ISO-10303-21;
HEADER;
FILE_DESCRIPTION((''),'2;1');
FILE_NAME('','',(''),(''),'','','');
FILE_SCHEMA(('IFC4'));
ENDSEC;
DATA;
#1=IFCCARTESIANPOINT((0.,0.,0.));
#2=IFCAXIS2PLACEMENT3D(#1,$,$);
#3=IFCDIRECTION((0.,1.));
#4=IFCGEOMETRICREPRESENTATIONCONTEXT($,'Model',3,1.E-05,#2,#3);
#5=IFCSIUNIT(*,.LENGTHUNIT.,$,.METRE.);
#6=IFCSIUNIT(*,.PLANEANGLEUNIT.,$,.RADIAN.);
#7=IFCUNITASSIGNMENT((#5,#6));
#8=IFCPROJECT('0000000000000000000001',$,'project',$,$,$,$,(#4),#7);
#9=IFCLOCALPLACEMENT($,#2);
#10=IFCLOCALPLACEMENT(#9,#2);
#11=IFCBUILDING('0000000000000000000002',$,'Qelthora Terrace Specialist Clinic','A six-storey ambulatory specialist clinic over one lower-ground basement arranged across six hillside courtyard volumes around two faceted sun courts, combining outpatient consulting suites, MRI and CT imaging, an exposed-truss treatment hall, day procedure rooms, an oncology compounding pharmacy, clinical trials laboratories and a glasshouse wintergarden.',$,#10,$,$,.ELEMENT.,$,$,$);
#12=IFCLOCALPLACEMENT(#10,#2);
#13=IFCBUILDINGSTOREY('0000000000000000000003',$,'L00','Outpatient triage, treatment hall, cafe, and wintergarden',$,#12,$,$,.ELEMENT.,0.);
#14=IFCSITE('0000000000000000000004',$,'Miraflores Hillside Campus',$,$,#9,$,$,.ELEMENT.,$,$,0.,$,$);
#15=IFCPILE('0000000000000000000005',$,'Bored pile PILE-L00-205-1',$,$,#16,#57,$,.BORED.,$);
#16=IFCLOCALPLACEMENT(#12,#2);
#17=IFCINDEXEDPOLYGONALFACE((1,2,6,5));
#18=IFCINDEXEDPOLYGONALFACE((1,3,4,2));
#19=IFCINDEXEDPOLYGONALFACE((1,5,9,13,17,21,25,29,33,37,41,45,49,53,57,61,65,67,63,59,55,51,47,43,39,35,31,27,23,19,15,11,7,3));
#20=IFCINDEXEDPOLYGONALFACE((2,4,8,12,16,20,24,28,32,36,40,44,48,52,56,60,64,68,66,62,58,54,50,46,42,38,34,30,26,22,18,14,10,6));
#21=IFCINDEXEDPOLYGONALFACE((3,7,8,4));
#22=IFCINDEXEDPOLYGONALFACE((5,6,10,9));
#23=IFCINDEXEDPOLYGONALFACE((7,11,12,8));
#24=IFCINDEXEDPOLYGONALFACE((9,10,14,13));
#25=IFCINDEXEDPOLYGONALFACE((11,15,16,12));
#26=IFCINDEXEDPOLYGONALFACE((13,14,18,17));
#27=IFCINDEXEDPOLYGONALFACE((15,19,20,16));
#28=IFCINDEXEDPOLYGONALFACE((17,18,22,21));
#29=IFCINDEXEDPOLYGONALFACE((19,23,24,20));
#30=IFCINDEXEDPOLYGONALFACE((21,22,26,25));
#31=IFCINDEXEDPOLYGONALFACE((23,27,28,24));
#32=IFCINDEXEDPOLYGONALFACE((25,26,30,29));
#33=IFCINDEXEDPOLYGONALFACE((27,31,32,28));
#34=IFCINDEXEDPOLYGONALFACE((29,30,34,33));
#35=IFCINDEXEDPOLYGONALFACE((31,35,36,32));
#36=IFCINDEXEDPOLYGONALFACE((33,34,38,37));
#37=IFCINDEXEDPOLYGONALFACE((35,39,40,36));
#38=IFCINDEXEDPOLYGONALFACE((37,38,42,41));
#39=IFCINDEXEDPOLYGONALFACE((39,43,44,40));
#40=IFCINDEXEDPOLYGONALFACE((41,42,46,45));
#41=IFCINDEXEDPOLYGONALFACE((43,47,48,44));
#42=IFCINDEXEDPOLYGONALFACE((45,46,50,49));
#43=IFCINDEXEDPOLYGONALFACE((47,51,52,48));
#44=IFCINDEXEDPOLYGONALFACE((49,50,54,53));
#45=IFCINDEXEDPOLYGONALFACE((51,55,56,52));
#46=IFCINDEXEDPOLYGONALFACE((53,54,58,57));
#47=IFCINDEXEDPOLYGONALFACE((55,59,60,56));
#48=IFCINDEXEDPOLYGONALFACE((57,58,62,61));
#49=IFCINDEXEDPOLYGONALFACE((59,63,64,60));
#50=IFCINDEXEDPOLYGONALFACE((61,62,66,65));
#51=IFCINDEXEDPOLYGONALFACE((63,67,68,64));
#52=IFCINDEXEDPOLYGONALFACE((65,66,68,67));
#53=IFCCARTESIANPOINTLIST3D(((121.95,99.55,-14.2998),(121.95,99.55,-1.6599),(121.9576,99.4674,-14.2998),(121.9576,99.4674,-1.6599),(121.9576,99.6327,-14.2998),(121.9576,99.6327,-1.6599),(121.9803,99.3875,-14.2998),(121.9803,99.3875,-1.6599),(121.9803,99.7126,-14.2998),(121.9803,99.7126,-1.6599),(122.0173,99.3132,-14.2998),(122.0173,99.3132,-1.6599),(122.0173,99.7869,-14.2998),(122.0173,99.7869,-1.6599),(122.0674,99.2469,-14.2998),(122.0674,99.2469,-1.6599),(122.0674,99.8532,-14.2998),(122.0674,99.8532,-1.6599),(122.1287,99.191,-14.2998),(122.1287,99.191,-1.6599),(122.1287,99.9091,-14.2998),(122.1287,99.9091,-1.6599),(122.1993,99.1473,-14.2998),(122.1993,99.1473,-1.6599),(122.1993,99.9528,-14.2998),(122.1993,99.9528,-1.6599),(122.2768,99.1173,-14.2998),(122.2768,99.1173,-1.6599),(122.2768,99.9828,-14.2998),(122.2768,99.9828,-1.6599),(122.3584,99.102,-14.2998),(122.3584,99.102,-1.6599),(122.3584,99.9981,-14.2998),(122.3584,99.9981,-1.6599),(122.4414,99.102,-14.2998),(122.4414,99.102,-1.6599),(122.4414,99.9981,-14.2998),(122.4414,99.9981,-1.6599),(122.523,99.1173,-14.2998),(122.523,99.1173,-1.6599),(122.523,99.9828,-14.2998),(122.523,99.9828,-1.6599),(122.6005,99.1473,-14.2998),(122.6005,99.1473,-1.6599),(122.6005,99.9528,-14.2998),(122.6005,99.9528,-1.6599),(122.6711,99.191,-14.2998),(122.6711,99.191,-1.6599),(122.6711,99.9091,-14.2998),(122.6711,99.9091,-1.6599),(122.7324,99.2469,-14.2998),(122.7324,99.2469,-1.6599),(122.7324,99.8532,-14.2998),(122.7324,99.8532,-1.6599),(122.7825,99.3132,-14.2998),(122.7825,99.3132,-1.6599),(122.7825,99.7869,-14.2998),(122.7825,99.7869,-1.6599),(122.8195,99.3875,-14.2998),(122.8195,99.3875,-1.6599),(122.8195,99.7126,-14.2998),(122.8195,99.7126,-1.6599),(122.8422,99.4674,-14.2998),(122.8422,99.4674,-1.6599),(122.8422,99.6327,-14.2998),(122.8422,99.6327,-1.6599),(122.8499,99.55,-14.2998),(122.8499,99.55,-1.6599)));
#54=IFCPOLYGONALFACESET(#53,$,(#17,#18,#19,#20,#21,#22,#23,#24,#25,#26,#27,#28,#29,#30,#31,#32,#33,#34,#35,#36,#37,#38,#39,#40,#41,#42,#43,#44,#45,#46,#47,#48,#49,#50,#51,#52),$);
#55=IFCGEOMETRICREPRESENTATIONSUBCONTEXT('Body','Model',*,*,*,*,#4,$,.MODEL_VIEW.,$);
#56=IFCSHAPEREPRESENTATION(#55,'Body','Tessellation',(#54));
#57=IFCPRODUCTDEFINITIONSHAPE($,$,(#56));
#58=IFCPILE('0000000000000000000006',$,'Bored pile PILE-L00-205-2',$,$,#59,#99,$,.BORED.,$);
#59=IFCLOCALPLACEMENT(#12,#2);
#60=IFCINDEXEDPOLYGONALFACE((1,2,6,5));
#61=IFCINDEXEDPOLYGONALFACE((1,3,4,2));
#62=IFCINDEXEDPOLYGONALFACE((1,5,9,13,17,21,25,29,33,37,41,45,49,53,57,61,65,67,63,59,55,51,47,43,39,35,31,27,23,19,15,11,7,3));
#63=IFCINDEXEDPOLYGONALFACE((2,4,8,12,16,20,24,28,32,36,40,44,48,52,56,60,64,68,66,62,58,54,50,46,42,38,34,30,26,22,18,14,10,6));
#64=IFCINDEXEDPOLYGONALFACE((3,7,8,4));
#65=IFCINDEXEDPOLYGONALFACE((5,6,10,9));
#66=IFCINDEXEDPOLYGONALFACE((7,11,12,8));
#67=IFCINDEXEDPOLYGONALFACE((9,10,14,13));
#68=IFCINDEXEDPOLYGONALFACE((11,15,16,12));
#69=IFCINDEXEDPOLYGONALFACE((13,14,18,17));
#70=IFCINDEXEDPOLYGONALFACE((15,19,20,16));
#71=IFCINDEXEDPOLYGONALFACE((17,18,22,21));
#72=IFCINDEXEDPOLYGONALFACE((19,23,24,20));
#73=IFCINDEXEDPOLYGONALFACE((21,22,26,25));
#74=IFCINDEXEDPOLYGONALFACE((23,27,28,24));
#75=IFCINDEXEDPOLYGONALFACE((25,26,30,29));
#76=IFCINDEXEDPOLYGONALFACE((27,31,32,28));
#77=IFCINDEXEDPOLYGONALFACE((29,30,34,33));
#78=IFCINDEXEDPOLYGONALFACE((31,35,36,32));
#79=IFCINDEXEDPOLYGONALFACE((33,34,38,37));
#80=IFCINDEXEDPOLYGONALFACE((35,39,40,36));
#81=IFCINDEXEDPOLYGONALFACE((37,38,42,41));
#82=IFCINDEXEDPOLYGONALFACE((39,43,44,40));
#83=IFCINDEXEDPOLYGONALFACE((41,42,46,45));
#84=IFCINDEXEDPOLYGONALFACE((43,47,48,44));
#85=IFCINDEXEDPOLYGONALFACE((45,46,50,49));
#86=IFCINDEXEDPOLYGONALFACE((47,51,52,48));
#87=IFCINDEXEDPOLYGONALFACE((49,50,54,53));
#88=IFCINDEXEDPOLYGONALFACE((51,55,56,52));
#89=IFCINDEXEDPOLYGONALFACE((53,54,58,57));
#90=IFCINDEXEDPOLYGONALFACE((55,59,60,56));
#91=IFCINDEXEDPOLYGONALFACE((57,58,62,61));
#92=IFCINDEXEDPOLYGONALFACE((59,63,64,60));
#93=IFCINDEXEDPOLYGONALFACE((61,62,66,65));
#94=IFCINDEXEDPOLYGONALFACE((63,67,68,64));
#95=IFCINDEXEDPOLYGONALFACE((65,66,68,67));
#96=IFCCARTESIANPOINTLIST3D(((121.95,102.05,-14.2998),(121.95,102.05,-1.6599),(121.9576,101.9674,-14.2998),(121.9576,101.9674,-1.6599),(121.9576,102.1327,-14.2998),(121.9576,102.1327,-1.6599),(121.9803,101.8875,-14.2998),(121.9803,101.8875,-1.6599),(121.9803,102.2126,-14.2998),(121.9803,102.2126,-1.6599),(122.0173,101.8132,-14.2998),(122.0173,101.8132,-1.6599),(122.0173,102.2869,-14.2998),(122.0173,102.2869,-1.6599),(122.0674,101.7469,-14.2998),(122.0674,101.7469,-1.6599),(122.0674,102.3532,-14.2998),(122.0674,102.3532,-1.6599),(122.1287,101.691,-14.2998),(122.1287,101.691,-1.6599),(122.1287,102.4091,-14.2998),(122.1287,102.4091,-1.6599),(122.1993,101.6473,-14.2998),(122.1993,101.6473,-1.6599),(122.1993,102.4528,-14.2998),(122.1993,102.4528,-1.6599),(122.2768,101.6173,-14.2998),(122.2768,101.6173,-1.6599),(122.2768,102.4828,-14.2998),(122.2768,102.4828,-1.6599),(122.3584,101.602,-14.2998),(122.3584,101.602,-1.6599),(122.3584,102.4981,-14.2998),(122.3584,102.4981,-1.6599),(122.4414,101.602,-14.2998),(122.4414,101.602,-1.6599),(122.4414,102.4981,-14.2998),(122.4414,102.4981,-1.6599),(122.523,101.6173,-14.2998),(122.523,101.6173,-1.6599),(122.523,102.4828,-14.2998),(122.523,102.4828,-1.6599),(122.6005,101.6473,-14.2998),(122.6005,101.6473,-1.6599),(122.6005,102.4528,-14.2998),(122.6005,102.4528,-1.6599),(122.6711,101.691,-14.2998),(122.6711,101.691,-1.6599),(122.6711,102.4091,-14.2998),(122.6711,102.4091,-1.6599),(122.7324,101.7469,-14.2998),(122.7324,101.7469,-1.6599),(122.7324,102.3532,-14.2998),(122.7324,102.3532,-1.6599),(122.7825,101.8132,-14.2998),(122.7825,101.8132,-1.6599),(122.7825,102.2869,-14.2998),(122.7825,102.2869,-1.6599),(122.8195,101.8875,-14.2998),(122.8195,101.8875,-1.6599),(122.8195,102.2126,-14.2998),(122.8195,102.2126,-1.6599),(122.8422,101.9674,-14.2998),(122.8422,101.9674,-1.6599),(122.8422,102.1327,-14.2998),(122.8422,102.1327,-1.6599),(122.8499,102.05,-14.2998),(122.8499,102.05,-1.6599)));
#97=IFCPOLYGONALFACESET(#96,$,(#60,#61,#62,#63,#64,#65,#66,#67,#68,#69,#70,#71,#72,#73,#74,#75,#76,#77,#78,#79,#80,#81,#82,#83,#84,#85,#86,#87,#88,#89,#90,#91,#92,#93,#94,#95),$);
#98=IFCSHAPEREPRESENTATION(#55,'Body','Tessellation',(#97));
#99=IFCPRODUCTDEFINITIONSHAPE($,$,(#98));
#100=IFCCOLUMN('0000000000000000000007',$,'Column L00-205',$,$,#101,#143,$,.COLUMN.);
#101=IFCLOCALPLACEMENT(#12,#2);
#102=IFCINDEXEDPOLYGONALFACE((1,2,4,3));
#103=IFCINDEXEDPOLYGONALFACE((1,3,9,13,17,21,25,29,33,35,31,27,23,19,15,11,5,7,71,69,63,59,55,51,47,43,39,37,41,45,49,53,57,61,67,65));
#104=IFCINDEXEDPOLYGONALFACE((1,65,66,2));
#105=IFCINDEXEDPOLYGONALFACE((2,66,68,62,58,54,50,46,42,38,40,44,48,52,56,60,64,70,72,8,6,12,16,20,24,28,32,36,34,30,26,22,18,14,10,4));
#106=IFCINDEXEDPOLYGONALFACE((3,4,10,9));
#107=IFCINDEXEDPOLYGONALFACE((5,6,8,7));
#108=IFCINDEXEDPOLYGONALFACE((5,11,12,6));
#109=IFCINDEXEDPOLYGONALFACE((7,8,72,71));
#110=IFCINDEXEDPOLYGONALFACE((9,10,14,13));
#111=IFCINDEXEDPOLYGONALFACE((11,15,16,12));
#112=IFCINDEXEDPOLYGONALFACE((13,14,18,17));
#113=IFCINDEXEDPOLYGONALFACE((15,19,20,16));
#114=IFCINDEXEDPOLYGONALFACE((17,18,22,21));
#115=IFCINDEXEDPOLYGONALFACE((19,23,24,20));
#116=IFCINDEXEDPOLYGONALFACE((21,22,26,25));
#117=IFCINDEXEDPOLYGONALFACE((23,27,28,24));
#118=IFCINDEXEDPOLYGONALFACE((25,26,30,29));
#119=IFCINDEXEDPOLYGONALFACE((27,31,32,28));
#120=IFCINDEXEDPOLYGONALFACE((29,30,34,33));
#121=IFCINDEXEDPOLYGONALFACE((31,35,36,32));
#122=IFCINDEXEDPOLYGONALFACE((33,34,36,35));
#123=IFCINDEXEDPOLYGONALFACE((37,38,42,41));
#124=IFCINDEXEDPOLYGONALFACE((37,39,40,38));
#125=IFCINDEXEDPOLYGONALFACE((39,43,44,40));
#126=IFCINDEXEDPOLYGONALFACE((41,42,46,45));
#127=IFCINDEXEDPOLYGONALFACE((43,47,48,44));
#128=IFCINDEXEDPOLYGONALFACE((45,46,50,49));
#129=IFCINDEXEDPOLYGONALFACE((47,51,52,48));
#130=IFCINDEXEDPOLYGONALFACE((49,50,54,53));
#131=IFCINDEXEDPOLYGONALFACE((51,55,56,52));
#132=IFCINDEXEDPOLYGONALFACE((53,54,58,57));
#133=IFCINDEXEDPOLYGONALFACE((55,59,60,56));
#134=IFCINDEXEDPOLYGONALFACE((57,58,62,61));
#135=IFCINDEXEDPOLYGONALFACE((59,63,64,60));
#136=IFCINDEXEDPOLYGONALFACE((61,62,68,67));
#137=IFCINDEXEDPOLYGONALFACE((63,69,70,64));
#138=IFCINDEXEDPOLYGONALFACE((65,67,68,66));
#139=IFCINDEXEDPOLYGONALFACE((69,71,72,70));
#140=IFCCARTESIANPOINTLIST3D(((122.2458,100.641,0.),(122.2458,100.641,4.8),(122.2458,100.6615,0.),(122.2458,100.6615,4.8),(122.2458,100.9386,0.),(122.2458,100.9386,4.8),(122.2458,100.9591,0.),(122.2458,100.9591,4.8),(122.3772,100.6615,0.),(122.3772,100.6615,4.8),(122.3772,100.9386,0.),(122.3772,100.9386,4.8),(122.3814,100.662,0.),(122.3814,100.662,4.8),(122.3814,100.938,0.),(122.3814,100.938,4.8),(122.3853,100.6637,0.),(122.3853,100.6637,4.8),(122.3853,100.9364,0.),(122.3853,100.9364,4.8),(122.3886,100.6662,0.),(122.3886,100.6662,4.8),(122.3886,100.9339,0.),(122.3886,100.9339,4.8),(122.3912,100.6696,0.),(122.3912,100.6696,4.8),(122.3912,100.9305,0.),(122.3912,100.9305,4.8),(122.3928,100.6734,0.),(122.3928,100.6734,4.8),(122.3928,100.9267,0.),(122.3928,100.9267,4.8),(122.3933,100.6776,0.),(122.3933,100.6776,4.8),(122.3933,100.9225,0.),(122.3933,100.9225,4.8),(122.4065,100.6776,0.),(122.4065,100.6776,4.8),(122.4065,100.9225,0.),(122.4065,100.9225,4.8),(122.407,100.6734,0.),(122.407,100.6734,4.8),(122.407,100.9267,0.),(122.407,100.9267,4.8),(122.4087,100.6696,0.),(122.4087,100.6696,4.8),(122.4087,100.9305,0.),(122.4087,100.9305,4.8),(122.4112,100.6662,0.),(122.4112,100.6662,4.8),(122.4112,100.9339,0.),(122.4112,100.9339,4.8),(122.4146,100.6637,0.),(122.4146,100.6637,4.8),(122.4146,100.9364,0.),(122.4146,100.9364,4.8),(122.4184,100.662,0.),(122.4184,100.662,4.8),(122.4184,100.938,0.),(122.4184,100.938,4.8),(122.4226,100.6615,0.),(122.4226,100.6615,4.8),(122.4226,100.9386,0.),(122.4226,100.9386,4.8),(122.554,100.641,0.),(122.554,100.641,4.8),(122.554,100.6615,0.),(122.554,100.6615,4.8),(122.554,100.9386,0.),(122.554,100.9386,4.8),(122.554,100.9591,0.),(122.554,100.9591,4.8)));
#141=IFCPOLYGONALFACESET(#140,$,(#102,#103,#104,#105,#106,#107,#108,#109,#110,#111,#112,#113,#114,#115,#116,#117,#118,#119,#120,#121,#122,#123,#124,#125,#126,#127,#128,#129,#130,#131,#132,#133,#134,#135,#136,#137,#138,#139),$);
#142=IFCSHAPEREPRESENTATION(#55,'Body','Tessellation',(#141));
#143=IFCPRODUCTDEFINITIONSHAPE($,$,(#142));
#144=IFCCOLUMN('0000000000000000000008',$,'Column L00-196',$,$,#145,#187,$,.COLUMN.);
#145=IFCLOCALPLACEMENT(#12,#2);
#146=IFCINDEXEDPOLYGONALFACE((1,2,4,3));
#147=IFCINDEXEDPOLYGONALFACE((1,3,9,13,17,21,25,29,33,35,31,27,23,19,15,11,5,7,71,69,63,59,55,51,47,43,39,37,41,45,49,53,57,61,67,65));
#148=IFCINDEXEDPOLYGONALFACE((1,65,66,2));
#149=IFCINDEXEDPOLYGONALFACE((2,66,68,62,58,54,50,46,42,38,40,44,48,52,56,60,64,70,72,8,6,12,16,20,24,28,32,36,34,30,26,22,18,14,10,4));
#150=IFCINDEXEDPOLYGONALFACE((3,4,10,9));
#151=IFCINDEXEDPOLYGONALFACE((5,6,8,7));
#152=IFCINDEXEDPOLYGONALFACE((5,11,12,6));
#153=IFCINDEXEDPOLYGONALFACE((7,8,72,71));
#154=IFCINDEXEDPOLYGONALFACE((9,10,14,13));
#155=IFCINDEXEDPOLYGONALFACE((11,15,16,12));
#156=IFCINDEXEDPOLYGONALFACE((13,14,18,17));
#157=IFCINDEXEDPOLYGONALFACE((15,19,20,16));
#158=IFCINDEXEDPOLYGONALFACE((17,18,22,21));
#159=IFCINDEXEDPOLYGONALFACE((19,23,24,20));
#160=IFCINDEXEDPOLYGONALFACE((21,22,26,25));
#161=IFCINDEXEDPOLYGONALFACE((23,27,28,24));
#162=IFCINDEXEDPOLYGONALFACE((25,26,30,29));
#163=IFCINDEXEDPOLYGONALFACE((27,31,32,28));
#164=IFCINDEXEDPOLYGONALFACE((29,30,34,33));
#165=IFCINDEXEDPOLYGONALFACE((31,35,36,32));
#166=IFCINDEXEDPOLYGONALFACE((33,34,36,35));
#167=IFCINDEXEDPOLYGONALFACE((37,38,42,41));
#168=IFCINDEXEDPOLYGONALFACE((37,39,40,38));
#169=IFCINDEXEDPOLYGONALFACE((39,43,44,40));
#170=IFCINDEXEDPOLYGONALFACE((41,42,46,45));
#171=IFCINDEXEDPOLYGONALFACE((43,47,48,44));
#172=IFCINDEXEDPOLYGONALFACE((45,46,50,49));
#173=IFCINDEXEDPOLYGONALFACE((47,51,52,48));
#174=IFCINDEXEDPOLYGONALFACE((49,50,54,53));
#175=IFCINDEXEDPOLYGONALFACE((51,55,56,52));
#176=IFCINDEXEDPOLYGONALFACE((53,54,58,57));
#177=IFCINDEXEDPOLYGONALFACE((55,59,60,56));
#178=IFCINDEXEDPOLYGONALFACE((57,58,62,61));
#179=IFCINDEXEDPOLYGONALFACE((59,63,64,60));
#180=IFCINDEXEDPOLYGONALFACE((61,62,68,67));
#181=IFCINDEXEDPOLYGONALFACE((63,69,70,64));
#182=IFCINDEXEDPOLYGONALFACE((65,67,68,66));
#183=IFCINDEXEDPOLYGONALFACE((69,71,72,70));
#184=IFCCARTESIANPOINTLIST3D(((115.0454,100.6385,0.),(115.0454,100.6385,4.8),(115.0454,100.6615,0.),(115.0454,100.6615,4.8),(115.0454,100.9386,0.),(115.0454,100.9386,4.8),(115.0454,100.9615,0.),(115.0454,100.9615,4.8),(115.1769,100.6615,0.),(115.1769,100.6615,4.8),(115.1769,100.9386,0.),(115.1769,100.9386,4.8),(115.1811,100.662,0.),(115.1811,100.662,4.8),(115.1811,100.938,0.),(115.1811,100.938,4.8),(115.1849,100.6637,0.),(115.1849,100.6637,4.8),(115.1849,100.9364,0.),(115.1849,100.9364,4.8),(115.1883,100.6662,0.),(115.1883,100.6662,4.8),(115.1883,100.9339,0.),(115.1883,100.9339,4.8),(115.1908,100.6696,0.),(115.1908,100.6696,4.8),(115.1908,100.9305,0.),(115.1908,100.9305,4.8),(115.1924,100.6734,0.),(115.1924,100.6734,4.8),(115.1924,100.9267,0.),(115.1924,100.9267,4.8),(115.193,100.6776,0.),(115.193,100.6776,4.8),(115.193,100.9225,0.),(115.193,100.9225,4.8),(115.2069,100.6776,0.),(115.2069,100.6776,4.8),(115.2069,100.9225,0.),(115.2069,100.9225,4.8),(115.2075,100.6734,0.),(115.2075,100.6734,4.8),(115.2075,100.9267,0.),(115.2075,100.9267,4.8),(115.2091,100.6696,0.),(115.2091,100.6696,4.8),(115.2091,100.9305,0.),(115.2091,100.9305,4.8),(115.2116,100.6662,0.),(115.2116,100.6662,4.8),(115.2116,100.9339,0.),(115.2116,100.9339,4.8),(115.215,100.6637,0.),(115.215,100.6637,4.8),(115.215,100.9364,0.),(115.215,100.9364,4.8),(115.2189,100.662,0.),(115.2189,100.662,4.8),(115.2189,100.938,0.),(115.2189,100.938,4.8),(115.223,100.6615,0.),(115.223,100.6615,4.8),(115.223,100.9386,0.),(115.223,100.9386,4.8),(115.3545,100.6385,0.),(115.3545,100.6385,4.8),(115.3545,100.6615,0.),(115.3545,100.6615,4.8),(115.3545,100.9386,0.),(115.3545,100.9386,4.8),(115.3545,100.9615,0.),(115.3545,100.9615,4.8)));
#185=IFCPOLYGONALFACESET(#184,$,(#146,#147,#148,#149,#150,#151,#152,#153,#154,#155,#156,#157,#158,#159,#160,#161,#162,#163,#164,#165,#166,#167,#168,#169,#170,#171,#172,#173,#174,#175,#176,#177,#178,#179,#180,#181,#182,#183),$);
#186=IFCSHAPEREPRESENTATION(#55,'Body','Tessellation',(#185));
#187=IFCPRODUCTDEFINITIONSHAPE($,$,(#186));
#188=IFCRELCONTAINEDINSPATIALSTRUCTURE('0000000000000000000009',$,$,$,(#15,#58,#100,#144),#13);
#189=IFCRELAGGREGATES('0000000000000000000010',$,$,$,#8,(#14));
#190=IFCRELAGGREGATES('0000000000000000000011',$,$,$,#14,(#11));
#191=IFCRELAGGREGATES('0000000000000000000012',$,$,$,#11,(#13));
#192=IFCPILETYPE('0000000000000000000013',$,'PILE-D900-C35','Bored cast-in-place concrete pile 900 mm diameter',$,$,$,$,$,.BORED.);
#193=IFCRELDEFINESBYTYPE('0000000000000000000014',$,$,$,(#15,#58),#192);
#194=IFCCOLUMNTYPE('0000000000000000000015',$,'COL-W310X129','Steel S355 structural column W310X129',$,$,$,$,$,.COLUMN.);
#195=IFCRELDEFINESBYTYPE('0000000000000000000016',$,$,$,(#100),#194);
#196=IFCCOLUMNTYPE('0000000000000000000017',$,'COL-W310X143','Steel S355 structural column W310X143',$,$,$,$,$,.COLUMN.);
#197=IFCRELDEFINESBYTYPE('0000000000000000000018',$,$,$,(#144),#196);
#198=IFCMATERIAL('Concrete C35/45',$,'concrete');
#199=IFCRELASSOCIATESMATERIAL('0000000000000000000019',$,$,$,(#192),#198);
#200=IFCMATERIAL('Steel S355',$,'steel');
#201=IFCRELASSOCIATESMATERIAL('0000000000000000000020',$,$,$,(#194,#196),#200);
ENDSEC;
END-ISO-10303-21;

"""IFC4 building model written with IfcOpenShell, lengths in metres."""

from ifc_helpers import new_model, si_unit, direction, frame, origin, origin_2d, place, context, subcontext, project, spatial, circle, i_section, extrude, material, material_profile, profile_set, type_object, element, save


model = new_model("IFC4")

# Units and contexts
model_context = context("Model", 3, precision=1e-05, world=origin(), true_north=direction((0.0, 1.0)))
body_context = subcontext(model_context, "Body", "Model", "MODEL_VIEW")
ifc_project = project(units=[si_unit("LENGTHUNIT", "METRE"), si_unit("PLANEANGLEUNIT", "RADIAN")], contexts=[model_context])

# Site, building, storey
site_placement = place(None, origin())
site = spatial("IfcSite", under=ifc_project, at=site_placement, Name="Miraflores Hillside Campus", CompositionType="ELEMENT", RefElevation=0.0)
building_placement = place(site_placement, origin())
building = spatial("IfcBuilding", under=site, at=building_placement, Name="Qelthora Terrace Specialist Clinic", Description="A six-storey ambulatory specialist clinic over one lower-ground basement arranged across six hillside courtyard volumes around two faceted sun courts, combining outpatient consulting suites, MRI and CT imaging, an exposed-truss treatment hall, day procedure rooms, an oncology compounding pharmacy, clinical trials laboratories and a glasshouse wintergarden.", CompositionType="ELEMENT")
storey_placement = place(building_placement, origin())
storey = spatial("IfcBuildingStorey", under=building, at=storey_placement, Name="L00", Description="Outpatient triage, treatment hall, cafe, and wintergarden", CompositionType="ELEMENT", Elevation=0.0)

# Shared definitions
ifc_material_1 = material(Name="Concrete C35/45", Category="concrete")

# Piles
ifc_material_profile_1 = material_profile(ifc_material_1, circle(Radius=0.45, at=origin_2d()), Name="PILE900")
ifc_profile_set_1 = profile_set([ifc_material_profile_1], Name="Concrete C35/45")
pile_type_1 = type_object("IfcPileType", Name="PILE-D900-C35", Description="Bored cast-in-place concrete pile 900 mm diameter", PredefinedType="BORED", material=ifc_profile_set_1)
for number, where, z_axis, x_axis, name in (
    (1, (122.3999, 99.55, -1.6599), (0.0, 0.0, -1.0), (1.0, 0.0, 0.0), "Bored pile PILE-L00-205-1"),
    (2, (122.3999, 102.05, -1.6599), (0.0, 0.0, -1.0), (1.0, 0.0, 0.0), "Bored pile PILE-L00-205-2"),
):
    element("IfcPile", number, at=place(storey_placement, frame(where, z_axis=z_axis, x_axis=x_axis)), inside=storey, type_object=pile_type_1, Name=name, PredefinedType="BORED", context=body_context, shape_type="SweptSolid", body=[
        extrude(circle(Radius=0.45, at=origin_2d()), origin(), (0.0, 0.0, 1.0), 12.6399),
    ])

# Columns
ifc_material_2 = material(Name="Steel S355", Category="steel")
ifc_material_profile_2 = material_profile(ifc_material_2, i_section(OverallWidth=0.3081, OverallDepth=0.3181, WebThickness=0.0132, FlangeThickness=0.0205, FilletRadius=0.0161, at=origin_2d()), Name="W310X129")
ifc_profile_set_2 = profile_set([ifc_material_profile_2], Name="Steel S355")
column_type_1 = type_object("IfcColumnType", Name="COL-W310X129", Description="Steel S355 structural column W310X129", PredefinedType="COLUMN", material=ifc_profile_set_2)
column_1_placement = place(storey_placement, frame((122.3999, 100.8, 0.0), z_axis=(0.0, 0.0, 1.0), x_axis=(1.0, 0.0, 0.0)))
element("IfcColumn", 3, at=column_1_placement, inside=storey, type_object=column_type_1, Name="Column L00-205", PredefinedType="COLUMN", context=body_context, shape_type="SweptSolid", body=[
    extrude(i_section(OverallWidth=0.3081, OverallDepth=0.3181, WebThickness=0.0132, FlangeThickness=0.0205, FilletRadius=0.0161, at=origin_2d()), origin(), (0.0, 0.0, 1.0), 4.8),
])
ifc_material_profile_3 = material_profile(ifc_material_2, i_section(OverallWidth=0.3091, OverallDepth=0.323, WebThickness=0.0139, FlangeThickness=0.0229, FilletRadius=0.0161, at=origin_2d()), Name="W310X143")
ifc_profile_set_3 = profile_set([ifc_material_profile_3], Name="Steel S355")
column_type_2 = type_object("IfcColumnType", Name="COL-W310X143", Description="Steel S355 structural column W310X143", PredefinedType="COLUMN", material=ifc_profile_set_3)
for number, where, z_axis, x_axis, name in (
    (4, (115.2, 100.8, 0.0), (0.0, 0.0, 1.0), (1.0, 0.0, 0.0), "Column L00-196"),
):
    element("IfcColumn", number, at=place(storey_placement, frame(where, z_axis=z_axis, x_axis=x_axis)), inside=storey, type_object=column_type_2, Name=name, PredefinedType="COLUMN", context=body_context, shape_type="SweptSolid", body=[
        extrude(i_section(OverallWidth=0.3091, OverallDepth=0.323, WebThickness=0.0139, FlangeThickness=0.0229, FilletRadius=0.0161, at=origin_2d()), origin(), (0.0, 0.0, 1.0), 4.8),
    ])

save(model, "model.ifc")
